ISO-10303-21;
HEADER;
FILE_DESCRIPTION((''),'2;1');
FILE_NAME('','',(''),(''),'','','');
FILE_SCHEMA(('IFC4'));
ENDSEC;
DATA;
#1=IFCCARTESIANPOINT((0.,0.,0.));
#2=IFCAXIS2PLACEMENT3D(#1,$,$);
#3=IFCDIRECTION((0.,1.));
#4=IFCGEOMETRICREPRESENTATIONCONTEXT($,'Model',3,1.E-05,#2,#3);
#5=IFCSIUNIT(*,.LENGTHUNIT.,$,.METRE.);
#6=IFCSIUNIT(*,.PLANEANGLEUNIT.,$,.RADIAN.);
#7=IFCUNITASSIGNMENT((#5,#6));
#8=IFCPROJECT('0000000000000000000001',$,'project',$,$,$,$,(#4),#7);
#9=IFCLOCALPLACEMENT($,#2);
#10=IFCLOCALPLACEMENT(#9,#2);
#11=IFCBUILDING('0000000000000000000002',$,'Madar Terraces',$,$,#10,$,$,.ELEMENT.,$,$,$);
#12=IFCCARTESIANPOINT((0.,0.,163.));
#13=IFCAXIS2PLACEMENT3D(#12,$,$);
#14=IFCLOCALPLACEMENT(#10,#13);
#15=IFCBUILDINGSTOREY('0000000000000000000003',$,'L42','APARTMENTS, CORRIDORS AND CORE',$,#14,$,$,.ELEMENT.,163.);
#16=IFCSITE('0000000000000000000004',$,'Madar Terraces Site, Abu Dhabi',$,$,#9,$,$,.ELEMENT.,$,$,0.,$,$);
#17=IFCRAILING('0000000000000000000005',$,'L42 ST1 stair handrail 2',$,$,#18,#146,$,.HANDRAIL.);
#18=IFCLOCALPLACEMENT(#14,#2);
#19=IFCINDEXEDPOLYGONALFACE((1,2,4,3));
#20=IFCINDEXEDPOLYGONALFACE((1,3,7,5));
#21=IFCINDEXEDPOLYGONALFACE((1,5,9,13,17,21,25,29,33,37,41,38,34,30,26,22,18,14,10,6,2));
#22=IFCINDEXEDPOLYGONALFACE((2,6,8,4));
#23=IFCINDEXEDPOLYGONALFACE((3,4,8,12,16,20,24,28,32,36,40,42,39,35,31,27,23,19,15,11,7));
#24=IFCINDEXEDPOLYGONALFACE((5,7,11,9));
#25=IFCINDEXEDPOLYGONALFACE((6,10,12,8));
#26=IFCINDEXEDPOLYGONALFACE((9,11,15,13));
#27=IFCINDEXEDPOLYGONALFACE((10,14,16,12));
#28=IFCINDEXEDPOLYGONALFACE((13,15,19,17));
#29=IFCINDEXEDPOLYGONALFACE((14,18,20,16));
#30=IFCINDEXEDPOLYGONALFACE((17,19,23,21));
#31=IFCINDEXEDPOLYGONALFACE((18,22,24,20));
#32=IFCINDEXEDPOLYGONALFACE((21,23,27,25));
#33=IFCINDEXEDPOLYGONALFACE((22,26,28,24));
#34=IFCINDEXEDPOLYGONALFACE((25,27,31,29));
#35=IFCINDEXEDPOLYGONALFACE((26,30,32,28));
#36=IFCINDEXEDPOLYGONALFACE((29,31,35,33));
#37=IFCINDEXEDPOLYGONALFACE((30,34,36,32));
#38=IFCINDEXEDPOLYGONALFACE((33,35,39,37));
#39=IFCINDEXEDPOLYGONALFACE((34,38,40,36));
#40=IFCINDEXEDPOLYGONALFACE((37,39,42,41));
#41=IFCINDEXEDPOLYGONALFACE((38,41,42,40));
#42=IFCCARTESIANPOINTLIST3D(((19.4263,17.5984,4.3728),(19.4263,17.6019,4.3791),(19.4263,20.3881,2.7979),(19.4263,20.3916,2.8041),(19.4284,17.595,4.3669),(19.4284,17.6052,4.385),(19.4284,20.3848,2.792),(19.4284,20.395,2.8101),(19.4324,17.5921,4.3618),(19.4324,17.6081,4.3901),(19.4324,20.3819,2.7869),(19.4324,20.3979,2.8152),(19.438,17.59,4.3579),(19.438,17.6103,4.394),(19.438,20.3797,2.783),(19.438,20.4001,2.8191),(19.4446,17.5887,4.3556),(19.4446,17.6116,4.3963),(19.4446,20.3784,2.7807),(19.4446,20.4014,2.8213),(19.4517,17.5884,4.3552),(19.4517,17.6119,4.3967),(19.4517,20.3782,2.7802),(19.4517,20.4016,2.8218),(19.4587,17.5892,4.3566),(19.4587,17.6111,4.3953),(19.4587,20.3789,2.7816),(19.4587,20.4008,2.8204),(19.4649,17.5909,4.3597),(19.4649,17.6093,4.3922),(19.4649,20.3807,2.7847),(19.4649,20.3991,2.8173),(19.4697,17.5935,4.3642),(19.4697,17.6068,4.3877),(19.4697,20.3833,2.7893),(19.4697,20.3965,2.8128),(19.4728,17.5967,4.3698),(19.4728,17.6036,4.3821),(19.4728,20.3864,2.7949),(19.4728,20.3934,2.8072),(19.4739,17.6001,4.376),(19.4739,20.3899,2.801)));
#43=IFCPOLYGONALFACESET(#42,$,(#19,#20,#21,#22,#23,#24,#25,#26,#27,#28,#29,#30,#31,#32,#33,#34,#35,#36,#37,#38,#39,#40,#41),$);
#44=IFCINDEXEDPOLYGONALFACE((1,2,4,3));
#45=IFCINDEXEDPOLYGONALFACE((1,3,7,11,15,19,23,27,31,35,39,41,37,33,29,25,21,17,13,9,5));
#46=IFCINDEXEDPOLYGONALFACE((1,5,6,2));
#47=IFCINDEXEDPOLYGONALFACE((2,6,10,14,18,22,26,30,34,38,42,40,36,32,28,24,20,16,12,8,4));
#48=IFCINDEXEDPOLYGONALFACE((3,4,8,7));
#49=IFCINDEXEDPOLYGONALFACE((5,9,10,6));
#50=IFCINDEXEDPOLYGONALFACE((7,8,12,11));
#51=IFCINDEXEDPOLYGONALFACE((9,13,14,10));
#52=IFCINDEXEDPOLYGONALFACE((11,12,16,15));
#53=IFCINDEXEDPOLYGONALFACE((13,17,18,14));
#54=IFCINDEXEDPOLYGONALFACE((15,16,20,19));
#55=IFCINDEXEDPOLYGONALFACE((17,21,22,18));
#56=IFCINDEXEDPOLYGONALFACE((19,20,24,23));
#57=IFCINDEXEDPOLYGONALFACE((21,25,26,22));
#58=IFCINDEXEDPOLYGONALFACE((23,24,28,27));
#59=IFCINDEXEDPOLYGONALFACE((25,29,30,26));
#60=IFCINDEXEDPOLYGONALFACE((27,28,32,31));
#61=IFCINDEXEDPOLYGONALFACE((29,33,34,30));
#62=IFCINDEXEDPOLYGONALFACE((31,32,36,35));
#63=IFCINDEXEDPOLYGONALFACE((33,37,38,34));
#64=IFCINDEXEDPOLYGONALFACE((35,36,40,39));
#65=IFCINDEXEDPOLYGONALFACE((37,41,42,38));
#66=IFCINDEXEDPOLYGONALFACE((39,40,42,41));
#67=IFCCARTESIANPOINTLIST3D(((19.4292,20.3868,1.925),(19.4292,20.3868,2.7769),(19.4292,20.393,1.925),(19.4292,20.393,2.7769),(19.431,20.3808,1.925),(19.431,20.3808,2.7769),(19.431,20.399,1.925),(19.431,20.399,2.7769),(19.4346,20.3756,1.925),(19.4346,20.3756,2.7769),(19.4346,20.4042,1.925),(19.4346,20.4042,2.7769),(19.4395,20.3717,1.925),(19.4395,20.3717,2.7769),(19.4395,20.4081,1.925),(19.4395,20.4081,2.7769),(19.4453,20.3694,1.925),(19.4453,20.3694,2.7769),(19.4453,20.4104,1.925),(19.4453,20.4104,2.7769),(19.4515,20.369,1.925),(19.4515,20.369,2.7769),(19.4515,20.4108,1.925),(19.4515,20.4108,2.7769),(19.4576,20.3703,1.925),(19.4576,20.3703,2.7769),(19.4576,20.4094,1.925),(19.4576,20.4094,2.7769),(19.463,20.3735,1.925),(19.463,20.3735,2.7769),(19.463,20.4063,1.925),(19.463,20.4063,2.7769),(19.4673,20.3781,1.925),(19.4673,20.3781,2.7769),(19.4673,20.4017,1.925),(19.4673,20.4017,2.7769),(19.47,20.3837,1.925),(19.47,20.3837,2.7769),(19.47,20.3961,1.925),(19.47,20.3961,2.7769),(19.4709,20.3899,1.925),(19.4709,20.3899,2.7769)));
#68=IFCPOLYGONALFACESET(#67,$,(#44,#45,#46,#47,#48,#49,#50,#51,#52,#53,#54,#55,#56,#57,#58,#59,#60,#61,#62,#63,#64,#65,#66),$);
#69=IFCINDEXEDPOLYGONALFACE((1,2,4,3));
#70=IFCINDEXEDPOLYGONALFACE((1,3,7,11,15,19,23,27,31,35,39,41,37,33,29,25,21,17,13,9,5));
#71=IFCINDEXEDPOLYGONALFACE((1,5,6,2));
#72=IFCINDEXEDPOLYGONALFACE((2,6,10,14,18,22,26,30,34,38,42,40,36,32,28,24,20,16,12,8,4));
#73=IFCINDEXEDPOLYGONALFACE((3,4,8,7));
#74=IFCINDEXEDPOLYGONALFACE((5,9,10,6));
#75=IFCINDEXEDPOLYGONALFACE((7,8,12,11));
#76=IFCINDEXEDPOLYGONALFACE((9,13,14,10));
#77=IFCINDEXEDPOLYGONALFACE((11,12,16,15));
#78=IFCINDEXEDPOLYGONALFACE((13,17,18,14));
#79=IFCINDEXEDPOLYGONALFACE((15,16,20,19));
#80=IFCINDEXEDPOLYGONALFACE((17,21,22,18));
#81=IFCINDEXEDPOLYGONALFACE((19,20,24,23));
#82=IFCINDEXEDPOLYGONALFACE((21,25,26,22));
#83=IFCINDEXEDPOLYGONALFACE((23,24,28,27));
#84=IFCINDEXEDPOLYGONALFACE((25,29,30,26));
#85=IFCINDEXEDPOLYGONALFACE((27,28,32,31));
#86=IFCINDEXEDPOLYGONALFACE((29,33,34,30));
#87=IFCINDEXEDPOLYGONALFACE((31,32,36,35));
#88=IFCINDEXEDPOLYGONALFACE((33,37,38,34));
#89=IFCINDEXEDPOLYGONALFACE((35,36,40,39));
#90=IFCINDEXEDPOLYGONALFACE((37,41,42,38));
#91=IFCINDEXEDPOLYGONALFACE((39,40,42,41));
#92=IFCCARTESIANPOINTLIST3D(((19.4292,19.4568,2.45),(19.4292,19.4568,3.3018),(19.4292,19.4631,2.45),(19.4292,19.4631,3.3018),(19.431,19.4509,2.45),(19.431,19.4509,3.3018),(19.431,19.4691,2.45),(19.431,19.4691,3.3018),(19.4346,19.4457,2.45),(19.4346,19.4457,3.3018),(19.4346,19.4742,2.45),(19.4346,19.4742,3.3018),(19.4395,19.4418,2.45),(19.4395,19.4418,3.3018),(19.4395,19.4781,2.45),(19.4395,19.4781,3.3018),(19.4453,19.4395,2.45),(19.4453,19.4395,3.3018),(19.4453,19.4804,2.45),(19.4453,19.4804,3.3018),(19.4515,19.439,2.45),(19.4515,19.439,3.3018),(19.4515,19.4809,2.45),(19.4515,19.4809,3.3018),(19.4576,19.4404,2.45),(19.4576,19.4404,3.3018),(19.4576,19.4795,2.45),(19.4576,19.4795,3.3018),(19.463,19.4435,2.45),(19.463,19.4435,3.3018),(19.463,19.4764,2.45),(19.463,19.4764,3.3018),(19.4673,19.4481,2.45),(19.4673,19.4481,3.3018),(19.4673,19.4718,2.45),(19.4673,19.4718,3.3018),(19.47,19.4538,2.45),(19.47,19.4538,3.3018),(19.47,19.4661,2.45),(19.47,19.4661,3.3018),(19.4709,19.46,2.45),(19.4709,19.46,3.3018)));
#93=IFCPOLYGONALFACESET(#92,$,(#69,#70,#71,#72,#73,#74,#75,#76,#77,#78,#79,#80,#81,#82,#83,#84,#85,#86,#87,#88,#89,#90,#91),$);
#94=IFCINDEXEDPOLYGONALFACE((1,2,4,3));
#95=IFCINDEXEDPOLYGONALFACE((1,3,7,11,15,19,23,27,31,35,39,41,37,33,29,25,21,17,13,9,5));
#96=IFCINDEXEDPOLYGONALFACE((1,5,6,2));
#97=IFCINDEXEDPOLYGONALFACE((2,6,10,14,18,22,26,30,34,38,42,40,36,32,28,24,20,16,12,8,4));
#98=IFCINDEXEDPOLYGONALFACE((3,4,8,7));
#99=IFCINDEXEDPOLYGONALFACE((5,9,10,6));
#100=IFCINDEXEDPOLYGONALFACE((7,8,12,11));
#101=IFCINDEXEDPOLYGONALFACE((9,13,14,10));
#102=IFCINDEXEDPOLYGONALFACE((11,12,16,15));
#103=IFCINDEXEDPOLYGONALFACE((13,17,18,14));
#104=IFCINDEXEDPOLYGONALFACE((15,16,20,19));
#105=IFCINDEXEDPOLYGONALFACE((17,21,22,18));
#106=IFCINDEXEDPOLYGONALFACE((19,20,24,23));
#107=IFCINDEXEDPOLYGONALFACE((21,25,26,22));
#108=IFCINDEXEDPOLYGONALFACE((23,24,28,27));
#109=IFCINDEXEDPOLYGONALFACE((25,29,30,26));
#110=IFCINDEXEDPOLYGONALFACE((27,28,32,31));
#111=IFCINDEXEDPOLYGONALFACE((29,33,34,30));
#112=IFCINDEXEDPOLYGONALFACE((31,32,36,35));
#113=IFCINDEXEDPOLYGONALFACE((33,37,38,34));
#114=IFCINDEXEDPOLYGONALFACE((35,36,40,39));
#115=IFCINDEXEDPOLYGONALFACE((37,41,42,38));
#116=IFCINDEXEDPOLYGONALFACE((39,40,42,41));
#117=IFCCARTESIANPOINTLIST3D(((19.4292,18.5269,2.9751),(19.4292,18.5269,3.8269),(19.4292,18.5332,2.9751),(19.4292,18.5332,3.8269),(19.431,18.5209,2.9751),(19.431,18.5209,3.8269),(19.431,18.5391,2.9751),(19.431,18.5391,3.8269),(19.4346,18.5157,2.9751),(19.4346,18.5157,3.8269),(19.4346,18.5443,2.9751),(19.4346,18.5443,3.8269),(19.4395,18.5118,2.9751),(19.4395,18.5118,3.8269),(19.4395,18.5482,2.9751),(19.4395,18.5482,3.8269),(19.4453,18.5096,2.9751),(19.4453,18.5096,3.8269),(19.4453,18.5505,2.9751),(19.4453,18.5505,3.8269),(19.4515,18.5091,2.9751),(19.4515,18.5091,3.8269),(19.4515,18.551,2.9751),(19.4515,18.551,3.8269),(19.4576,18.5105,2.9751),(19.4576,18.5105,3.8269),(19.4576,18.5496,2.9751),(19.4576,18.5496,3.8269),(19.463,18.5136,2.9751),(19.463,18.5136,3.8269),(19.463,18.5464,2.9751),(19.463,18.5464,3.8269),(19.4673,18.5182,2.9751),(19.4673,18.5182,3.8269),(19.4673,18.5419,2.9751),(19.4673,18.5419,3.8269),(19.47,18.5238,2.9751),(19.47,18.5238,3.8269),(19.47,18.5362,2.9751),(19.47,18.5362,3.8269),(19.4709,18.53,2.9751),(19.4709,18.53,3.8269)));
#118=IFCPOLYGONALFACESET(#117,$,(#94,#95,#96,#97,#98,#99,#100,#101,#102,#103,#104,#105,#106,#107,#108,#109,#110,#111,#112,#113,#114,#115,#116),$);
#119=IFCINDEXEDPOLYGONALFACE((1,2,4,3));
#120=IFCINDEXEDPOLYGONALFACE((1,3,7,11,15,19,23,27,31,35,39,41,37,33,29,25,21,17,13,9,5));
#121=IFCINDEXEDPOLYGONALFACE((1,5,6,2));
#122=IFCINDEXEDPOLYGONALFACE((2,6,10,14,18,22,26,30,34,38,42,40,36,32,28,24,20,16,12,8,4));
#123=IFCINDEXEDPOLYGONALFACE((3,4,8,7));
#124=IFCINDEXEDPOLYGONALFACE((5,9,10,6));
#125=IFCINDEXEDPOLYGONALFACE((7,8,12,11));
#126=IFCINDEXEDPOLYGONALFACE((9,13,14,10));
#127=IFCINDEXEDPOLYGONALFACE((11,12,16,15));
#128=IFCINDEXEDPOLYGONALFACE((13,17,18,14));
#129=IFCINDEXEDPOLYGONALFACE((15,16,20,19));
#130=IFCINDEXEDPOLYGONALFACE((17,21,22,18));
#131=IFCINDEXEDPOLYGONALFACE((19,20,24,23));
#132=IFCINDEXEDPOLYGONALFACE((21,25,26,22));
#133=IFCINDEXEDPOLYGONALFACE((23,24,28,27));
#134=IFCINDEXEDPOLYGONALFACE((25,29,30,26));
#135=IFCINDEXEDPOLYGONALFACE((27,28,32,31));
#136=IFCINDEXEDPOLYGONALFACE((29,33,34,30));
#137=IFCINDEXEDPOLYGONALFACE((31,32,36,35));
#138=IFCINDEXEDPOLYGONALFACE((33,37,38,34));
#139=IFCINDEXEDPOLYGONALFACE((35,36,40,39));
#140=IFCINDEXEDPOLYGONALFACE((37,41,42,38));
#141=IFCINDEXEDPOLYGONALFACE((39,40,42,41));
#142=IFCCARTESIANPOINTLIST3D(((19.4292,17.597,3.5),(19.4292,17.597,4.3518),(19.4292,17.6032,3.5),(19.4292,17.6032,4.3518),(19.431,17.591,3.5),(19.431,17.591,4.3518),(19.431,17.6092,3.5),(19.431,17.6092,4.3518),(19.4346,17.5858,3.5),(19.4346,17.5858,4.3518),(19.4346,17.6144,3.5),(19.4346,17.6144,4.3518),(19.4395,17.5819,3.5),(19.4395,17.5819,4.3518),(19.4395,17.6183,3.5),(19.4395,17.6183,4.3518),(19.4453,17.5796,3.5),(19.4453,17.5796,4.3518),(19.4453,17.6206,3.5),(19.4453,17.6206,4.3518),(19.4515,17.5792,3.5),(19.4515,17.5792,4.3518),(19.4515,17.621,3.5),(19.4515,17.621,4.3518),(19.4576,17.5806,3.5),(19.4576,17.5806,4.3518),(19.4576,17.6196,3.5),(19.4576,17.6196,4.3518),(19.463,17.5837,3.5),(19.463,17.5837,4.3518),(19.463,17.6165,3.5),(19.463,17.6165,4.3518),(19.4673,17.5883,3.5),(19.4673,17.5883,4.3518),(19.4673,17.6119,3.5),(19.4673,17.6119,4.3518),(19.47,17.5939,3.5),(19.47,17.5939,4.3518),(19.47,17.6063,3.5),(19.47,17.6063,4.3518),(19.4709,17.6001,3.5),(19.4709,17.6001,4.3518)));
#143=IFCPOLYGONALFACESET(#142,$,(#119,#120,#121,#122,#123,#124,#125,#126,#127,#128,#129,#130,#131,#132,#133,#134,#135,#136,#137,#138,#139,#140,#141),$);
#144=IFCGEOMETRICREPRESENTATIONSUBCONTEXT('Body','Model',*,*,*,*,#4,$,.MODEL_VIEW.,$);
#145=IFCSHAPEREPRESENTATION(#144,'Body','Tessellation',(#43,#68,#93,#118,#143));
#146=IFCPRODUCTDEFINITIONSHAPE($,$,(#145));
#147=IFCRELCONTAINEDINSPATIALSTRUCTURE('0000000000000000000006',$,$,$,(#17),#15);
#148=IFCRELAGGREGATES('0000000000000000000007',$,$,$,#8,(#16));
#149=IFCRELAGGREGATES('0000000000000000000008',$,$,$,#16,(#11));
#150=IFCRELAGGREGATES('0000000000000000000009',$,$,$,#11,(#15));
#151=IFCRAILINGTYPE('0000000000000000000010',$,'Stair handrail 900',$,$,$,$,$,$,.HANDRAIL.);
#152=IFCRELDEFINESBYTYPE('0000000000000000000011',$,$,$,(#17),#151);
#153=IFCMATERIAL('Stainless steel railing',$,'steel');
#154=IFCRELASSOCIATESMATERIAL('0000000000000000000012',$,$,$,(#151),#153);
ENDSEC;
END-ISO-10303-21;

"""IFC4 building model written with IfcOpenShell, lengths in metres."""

from ifc_helpers import new_model, si_unit, direction, frame, origin, origin_2d, place, context, subcontext, project, spatial, circle, extrude, material, type_object, element, save


model = new_model("IFC4")

# Units and contexts
model_context = context("Model", 3, precision=1e-05, world=origin(), true_north=direction((0.0, 1.0)))
body_context = subcontext(model_context, "Body", "Model", "MODEL_VIEW")
ifc_project = project(units=[si_unit("LENGTHUNIT", "METRE"), si_unit("PLANEANGLEUNIT", "RADIAN")], contexts=[model_context])

# Site, building, storey
site_placement = place(None, origin())
site = spatial("IfcSite", under=ifc_project, at=site_placement, Name="Madar Terraces Site, Abu Dhabi", CompositionType="ELEMENT", RefElevation=0.0)
building_placement = place(site_placement, origin())
building = spatial("IfcBuilding", under=site, at=building_placement, Name="Madar Terraces", CompositionType="ELEMENT")
storey_placement = place(building_placement, frame((0.0, 0.0, 163.0)))
storey = spatial("IfcBuildingStorey", under=building, at=storey_placement, Name="L42", Description="APARTMENTS, CORRIDORS AND CORE", CompositionType="ELEMENT", Elevation=163.0)

# Railing
ifc_material_1 = material(Name="Stainless steel railing", Category="steel")
railing_type_1 = type_object("IfcRailingType", Name="Stair handrail 900", PredefinedType="HANDRAIL", material=ifc_material_1)
railing_1_placement = place(storey_placement, frame((19.45, 20.3899, 1.925)))
element("IfcRailing", 1, at=railing_1_placement, inside=storey, type_object=railing_type_1, Name="L42 ST1 stair handrail 2", PredefinedType="HANDRAIL", context=body_context, shape_type="SweptSolid", body=[
    extrude(circle(Radius=0.0239, at=origin_2d()), frame((0.0, 0.0, 0.876), z_axis=(0.0, -0.870815, 0.49161), x_axis=(1.0, 0.0, 0.0)), (0.0, 0.0, 1.0), 3.2036),
    extrude(circle(Radius=0.021, at=origin_2d()), origin(), (0.0, 0.0, 1.0), 0.8518),
    extrude(circle(Radius=0.021, at=origin_2d()), frame((0.0, -0.9299, 0.5249)), (0.0, 0.0, 1.0), 0.8518),
    extrude(circle(Radius=0.021, at=origin_2d()), frame((0.0, -1.8599, 1.05)), (0.0, 0.0, 1.0), 0.8518),
    extrude(circle(Radius=0.021, at=origin_2d()), frame((0.0, -2.7898, 1.575)), (0.0, 0.0, 1.0), 0.8518),
])

save(model, "model.ifc")
